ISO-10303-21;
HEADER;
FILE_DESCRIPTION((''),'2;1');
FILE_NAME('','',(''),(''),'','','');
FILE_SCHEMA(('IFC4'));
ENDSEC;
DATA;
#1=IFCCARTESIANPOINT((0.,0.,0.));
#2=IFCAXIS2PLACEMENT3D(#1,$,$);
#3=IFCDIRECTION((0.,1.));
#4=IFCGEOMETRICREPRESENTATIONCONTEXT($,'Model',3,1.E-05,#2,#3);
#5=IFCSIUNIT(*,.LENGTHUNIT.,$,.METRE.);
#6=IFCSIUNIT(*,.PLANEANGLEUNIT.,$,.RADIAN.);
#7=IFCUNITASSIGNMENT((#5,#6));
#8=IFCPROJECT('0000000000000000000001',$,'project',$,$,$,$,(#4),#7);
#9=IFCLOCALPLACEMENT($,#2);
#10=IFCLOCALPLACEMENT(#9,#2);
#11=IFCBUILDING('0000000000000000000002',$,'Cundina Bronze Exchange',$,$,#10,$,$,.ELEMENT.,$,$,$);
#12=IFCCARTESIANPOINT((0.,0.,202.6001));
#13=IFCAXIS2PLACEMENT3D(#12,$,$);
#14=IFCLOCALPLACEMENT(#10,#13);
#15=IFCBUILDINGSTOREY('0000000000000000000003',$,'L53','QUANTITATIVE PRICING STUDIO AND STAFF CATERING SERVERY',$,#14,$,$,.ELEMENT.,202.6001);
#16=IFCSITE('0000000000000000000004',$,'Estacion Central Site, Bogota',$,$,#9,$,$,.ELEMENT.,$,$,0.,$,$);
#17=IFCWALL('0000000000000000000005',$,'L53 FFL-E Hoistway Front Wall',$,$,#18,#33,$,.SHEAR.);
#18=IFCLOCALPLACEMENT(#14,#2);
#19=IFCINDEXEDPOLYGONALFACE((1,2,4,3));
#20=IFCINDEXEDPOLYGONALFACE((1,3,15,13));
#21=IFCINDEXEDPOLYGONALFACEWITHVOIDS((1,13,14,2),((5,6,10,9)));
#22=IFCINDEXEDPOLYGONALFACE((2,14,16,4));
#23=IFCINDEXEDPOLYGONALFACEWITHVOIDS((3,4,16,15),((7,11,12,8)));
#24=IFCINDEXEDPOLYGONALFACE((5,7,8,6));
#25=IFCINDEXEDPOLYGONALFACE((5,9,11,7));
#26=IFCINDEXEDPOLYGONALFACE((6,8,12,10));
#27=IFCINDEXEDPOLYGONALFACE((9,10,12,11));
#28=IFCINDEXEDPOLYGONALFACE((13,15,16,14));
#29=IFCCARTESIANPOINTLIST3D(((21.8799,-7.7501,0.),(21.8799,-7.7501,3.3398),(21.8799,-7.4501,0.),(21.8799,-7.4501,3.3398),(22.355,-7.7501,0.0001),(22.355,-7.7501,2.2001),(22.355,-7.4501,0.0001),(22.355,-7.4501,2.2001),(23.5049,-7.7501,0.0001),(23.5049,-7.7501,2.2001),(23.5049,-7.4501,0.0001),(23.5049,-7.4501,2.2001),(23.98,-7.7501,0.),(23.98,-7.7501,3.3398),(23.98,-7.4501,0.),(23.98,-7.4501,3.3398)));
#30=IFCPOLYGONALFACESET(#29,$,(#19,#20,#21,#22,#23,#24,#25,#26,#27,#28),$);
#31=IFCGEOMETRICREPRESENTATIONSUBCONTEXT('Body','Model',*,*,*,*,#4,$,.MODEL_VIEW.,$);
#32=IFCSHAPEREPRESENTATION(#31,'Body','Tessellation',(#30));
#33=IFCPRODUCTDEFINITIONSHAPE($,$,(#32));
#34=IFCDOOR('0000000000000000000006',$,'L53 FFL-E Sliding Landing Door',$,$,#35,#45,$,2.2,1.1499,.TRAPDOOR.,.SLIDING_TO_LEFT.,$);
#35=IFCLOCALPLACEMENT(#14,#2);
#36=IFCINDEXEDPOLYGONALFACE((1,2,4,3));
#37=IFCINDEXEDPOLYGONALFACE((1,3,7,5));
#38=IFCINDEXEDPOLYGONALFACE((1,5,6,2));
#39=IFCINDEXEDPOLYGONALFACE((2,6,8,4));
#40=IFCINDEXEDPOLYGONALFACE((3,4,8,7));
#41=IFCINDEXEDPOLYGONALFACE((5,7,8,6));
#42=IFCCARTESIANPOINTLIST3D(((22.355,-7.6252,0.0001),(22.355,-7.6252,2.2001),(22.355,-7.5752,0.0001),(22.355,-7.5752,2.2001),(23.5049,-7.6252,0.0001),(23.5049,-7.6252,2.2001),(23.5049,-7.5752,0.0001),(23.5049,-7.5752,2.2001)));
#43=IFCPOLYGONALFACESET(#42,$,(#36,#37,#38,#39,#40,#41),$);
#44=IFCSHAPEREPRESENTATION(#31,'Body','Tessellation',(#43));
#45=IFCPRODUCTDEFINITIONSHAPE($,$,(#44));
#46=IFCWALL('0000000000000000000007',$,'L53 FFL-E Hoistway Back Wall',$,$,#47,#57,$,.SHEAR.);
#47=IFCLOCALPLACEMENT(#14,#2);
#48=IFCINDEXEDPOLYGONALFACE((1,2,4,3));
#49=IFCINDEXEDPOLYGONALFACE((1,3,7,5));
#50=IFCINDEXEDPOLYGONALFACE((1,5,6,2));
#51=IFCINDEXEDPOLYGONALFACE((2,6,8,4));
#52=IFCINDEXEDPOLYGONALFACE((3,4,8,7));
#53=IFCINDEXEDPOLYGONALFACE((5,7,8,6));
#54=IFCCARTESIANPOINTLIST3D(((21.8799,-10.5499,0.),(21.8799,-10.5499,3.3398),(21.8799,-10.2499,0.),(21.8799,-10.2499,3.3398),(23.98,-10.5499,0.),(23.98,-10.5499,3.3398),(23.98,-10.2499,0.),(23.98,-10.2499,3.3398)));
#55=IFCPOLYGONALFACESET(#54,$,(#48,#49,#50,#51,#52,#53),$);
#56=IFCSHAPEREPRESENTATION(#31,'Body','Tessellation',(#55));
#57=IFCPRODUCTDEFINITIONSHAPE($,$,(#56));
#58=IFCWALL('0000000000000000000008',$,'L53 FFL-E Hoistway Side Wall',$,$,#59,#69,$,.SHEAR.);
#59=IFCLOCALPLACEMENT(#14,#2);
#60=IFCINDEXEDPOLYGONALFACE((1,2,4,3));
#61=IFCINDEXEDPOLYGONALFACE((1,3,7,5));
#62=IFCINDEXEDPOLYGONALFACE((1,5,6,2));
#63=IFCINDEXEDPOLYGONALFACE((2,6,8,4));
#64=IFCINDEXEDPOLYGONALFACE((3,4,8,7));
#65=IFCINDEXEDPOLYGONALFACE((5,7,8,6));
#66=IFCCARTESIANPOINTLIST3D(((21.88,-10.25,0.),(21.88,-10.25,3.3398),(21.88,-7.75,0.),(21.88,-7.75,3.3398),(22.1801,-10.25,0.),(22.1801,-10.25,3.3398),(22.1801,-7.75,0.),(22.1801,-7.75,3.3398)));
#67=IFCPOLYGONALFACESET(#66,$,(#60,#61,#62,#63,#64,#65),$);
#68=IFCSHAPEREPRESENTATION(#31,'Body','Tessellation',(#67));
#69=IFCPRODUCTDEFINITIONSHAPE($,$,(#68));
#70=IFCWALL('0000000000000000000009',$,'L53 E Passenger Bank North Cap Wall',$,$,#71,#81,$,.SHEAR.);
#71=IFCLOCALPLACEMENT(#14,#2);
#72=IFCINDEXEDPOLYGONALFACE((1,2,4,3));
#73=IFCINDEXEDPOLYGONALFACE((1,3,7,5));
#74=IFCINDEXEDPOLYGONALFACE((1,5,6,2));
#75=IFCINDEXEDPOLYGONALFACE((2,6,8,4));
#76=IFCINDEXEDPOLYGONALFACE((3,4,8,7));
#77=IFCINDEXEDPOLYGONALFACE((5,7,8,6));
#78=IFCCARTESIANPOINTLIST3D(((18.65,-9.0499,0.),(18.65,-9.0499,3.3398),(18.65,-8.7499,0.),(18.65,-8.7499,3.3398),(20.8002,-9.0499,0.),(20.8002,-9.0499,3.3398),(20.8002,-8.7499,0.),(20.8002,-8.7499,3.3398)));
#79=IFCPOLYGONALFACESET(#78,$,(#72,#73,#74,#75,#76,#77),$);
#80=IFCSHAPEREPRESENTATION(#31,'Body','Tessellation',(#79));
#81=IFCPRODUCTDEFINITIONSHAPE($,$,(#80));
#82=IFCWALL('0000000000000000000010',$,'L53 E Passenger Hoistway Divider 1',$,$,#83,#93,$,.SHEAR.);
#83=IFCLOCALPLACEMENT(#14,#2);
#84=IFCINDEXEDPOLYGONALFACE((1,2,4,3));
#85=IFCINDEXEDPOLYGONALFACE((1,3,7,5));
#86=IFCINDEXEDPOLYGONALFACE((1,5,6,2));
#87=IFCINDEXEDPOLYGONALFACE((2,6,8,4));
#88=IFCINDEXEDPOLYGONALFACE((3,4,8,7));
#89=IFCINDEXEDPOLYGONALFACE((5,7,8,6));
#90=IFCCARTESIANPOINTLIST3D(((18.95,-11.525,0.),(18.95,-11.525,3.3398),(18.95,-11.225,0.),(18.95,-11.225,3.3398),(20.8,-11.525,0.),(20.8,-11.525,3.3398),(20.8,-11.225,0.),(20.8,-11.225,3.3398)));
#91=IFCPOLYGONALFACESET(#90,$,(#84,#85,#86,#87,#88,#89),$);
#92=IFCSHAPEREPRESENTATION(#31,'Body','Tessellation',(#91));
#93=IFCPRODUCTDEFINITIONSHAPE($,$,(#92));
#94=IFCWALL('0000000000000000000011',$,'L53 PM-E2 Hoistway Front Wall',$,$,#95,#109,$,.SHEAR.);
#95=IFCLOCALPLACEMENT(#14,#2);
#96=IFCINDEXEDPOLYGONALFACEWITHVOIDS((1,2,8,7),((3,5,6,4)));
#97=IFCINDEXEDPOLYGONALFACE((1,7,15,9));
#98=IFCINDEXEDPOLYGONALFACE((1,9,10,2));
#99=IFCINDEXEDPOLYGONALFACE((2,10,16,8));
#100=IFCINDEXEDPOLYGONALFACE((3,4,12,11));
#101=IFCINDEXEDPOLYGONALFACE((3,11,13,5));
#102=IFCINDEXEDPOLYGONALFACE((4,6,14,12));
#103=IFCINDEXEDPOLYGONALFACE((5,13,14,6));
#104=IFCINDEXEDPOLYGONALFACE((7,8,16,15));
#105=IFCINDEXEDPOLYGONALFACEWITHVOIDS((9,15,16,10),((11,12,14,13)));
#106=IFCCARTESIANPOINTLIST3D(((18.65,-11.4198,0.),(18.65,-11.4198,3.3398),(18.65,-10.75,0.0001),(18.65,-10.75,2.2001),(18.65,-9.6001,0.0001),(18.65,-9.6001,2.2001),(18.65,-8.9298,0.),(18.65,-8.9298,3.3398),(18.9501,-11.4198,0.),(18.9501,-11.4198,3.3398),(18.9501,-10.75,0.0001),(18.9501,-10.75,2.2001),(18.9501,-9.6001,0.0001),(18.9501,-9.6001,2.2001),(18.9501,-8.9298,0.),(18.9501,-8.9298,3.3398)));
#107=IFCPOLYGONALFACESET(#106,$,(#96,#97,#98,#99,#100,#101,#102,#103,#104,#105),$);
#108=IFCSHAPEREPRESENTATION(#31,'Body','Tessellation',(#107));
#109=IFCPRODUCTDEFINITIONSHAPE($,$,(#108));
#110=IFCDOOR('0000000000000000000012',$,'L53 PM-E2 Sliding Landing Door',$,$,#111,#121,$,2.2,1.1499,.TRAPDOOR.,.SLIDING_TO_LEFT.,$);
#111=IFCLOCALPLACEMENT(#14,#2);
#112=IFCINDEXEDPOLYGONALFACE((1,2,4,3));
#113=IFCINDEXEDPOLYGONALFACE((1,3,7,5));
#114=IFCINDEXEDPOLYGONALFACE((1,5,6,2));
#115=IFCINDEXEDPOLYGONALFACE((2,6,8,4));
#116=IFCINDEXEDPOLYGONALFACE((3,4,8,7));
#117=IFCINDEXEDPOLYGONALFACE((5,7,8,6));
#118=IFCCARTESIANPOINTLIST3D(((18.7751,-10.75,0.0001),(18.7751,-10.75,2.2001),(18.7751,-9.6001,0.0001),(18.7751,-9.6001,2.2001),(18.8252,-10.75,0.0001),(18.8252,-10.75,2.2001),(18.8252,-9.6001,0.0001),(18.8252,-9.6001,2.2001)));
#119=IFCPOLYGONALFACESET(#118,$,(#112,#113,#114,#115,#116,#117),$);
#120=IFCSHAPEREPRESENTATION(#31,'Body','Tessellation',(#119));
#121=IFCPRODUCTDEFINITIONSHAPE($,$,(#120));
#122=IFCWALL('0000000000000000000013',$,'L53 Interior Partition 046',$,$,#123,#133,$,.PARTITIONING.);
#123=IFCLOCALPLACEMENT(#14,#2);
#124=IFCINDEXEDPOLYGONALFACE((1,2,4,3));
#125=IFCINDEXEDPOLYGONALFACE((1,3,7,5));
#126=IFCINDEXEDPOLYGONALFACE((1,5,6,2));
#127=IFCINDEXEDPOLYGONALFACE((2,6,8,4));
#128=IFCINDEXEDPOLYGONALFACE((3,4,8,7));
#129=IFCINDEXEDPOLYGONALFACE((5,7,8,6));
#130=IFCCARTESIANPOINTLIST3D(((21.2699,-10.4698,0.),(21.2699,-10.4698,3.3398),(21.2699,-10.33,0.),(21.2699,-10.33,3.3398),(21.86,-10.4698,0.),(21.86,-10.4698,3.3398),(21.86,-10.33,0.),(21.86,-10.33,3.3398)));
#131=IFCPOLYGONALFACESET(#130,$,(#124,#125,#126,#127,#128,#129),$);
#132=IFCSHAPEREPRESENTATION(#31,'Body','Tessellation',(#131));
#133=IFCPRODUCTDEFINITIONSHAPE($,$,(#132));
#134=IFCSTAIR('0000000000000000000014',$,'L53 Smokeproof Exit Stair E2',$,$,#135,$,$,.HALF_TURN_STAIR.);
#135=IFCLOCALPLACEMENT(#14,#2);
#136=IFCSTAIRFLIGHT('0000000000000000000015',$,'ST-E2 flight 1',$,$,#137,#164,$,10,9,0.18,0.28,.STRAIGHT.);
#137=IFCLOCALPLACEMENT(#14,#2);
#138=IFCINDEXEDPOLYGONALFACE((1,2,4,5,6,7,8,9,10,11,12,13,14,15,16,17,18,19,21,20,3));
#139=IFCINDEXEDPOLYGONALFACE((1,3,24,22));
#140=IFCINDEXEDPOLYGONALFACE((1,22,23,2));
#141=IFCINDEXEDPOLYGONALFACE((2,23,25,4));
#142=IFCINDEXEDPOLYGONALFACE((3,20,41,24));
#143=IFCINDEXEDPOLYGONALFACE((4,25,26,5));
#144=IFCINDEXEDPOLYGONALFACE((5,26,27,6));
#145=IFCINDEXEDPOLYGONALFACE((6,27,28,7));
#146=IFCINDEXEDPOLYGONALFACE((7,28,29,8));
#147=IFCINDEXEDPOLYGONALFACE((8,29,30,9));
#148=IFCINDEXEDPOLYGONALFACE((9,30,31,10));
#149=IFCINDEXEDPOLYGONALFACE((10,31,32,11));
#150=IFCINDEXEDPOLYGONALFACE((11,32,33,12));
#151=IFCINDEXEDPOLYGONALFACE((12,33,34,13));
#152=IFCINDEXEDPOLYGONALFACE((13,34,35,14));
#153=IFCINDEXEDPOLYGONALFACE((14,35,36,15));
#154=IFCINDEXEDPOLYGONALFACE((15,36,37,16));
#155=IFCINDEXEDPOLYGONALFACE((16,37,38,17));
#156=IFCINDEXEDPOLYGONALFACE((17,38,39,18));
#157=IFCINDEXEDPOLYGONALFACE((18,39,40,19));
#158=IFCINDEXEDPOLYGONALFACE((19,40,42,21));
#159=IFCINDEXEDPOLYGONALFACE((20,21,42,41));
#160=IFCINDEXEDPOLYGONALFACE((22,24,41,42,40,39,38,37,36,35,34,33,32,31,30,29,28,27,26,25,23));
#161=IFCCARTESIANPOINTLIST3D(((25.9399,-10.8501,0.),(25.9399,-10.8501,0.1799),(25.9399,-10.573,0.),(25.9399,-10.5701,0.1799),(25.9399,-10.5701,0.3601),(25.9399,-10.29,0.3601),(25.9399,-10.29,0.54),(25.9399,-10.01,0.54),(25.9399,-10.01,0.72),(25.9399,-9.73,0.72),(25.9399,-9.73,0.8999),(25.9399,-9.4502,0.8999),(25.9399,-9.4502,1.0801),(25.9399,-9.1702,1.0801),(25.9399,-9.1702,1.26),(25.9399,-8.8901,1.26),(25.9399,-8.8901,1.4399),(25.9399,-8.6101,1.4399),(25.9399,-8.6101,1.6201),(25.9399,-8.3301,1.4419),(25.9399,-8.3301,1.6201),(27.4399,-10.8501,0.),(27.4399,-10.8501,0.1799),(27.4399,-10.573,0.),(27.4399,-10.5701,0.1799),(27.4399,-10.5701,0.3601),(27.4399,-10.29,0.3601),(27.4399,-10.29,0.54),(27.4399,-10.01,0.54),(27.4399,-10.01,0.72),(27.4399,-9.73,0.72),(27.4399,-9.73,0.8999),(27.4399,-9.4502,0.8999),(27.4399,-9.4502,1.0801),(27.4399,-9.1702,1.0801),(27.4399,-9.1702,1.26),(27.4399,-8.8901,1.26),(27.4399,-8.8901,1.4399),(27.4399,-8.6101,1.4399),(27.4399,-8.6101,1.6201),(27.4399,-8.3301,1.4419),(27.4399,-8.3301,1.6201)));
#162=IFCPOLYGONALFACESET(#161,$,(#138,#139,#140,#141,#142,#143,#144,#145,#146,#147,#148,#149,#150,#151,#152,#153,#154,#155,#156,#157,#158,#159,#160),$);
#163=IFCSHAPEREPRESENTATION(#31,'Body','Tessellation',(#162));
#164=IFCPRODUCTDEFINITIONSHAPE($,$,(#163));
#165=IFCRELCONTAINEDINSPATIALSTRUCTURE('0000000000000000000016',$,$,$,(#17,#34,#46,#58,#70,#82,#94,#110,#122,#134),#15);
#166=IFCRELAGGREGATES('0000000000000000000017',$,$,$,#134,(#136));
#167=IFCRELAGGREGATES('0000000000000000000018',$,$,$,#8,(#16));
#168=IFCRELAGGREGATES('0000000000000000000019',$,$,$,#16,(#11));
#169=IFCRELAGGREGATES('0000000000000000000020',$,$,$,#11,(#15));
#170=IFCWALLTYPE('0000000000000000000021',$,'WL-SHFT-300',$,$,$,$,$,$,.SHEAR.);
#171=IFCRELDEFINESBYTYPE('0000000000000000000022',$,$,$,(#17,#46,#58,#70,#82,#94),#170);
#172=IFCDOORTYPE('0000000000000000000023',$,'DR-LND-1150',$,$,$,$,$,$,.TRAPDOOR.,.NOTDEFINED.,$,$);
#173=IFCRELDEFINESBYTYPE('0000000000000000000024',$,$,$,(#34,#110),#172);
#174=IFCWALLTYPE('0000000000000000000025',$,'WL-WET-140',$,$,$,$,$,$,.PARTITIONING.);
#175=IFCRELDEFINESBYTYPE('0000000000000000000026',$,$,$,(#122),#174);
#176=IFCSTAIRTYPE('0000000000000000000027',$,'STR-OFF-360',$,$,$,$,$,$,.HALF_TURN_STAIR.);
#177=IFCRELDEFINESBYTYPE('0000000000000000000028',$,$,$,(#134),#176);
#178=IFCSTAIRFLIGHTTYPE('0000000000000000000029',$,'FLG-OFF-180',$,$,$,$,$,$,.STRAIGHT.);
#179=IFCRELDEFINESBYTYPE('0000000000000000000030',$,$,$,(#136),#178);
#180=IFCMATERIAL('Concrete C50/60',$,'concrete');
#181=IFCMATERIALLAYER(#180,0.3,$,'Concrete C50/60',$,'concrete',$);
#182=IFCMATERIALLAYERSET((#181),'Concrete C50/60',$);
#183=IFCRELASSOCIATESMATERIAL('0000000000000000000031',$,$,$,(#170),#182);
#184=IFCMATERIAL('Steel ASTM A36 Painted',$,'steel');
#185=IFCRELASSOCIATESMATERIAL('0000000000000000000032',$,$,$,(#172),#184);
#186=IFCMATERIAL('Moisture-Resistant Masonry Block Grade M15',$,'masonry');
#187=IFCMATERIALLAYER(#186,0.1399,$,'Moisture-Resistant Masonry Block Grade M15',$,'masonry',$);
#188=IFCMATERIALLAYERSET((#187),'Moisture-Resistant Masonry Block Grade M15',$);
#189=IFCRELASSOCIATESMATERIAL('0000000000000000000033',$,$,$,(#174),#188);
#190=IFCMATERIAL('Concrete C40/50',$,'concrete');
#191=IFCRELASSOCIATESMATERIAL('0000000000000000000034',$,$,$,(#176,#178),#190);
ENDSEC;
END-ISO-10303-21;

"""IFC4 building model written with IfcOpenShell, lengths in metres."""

from ifc_helpers import new_model, si_unit, direction, frame, frame_2d, origin, place, context, subcontext, project, spatial, polyline, rectangle, outline, extrude, material, layer, layer_set, type_object, element, fill, aggregate, save


model = new_model("IFC4")

# Units and contexts
model_context = context("Model", 3, precision=1e-05, world=origin(), true_north=direction((0.0, 1.0)))
body_context = subcontext(model_context, "Body", "Model", "MODEL_VIEW")
ifc_project = project(units=[si_unit("LENGTHUNIT", "METRE"), si_unit("PLANEANGLEUNIT", "RADIAN")], contexts=[model_context])

# Site, building, storey
site_placement = place(None, origin())
site = spatial("IfcSite", under=ifc_project, at=site_placement, Name="Estacion Central Site, Bogota", CompositionType="ELEMENT", RefElevation=0.0)
building_placement = place(site_placement, origin())
building = spatial("IfcBuilding", under=site, at=building_placement, Name="Cundina Bronze Exchange", CompositionType="ELEMENT")
storey_placement = place(building_placement, frame((0.0, 0.0, 202.6001)))
storey = spatial("IfcBuildingStorey", under=building, at=storey_placement, Name="L53", Description="QUANTITATIVE PRICING STUDIO AND STAFF CATERING SERVERY", CompositionType="ELEMENT", Elevation=202.6001)

# Shared definitions
ifc_material_1 = material(Name="Concrete C50/60", Category="concrete")

# Shared definitions
ifc_layer_1 = layer(ifc_material_1, 0.3, Name="Concrete C50/60", Category="concrete")
ifc_layer_set_1 = layer_set([ifc_layer_1], Name="Concrete C50/60")
wall_type_1 = type_object("IfcWallType", Name="WL-SHFT-300", PredefinedType="SHEAR", material=ifc_layer_set_1)

# Wall, opening, door
ifc_material_2 = material(Name="Steel ASTM A36 Painted", Category="steel")
wall_1_placement = place(storey_placement, frame((21.8799, -7.6001, 0.0), z_axis=(0.0, 0.0, 1.0), x_axis=(1.0, 0.0, 0.0)))
wall_1 = element("IfcWall", 1, at=wall_1_placement, inside=storey, type_object=wall_type_1, Name="L53 FFL-E Hoistway Front Wall", PredefinedType="SHEAR", context=body_context, shape_type="SweptSolid", body=[
    extrude(rectangle(XDim=2.1001, YDim=0.3, at=frame_2d((1.05, 0.0))), origin(), (0.0, 0.0, 1.0), 3.3398),
])
opening_1_placement = place(wall_1_placement, frame((0.4751, 0.0, 0.0)))
opening_1 = element("IfcOpeningElement", 2, at=opening_1_placement, cuts=wall_1, PredefinedType="OPENING", context=body_context, shape_type="SweptSolid", body=[
    extrude(rectangle(XDim=1.1499, YDim=2.2, at=frame_2d((0.575, 1.1001))), frame((0.0, 0.1599, 0.0), z_axis=(0.0, -1.0, 0.0), x_axis=(1.0, 0.0, 0.0)), (0.0, 0.0, 1.0), 0.3201),
])
door_type_1 = type_object("IfcDoorType", Name="DR-LND-1150", OperationType="NOTDEFINED", PredefinedType="TRAPDOOR", material=ifc_material_2)
door_1_placement = place(opening_1_placement, origin())
door_1 = element("IfcDoor", 3, at=door_1_placement, inside=storey, type_object=door_type_1, Name="L53 FFL-E Sliding Landing Door", OperationType="SLIDING_TO_LEFT", OverallHeight=2.2, OverallWidth=1.1499, PredefinedType="TRAPDOOR", context=body_context, shape_type="SweptSolid", body=[
    extrude(rectangle(XDim=1.1499, YDim=2.2, at=frame_2d((0.575, 1.1001))), frame((0.0, 0.0249, 0.0), z_axis=(0.0, -1.0, 0.0), x_axis=(1.0, 0.0, 0.0)), (0.0, 0.0, 1.0), 0.05),
])
fill(opening_1, door_1)

# Walls
wall_2_placement = place(storey_placement, frame((21.8799, -10.3999, 0.0), z_axis=(0.0, 0.0, 1.0), x_axis=(1.0, 0.0, 0.0)))
element("IfcWall", 4, at=wall_2_placement, inside=storey, type_object=wall_type_1, Name="L53 FFL-E Hoistway Back Wall", PredefinedType="SHEAR", context=body_context, shape_type="SweptSolid", body=[
    extrude(rectangle(XDim=2.1001, YDim=0.3, at=frame_2d((1.05, 0.0))), origin(), (0.0, 0.0, 1.0), 3.3398),
])
wall_3_placement = place(storey_placement, frame((22.03, -10.25, 0.0), z_axis=(0.0, 0.0, 1.0), x_axis=(0.0, 1.0, 0.0)))
element("IfcWall", 5, at=wall_3_placement, inside=storey, type_object=wall_type_1, Name="L53 FFL-E Hoistway Side Wall", PredefinedType="SHEAR", context=body_context, shape_type="SweptSolid", body=[
    extrude(rectangle(XDim=2.5, YDim=0.3, at=frame_2d((1.25, 0.0))), origin(), (0.0, 0.0, 1.0), 3.3398),
])
wall_4_placement = place(storey_placement, frame((18.6499, -8.8999, 0.0), z_axis=(0.0, 0.0, 1.0), x_axis=(1.0, 0.0, 0.0)))
element("IfcWall", 6, at=wall_4_placement, inside=storey, type_object=wall_type_1, Name="L53 E Passenger Bank North Cap Wall", PredefinedType="SHEAR", context=body_context, shape_type="SweptSolid", body=[
    extrude(rectangle(XDim=2.1501, YDim=0.3, at=frame_2d((1.0752, 0.0))), origin(), (0.0, 0.0, 1.0), 3.3398),
])
wall_5_placement = place(storey_placement, frame((18.95, -11.375, 0.0), z_axis=(0.0, 0.0, 1.0), x_axis=(1.0, 0.0, 0.0)))
element("IfcWall", 7, at=wall_5_placement, inside=storey, type_object=wall_type_1, Name="L53 E Passenger Hoistway Divider 1", PredefinedType="SHEAR", context=body_context, shape_type="SweptSolid", body=[
    extrude(rectangle(XDim=1.8501, YDim=0.3, at=frame_2d((0.925, 0.0))), origin(), (0.0, 0.0, 1.0), 3.3398),
])

# Wall, opening, door
wall_6_placement = place(storey_placement, frame((18.8, -11.4199, 0.0), z_axis=(0.0, 0.0, 1.0), x_axis=(0.0, 1.0, 0.0)))
wall_6 = element("IfcWall", 8, at=wall_6_placement, inside=storey, type_object=wall_type_1, Name="L53 PM-E2 Hoistway Front Wall", PredefinedType="SHEAR", context=body_context, shape_type="SweptSolid", body=[
    extrude(rectangle(XDim=2.49, YDim=0.3, at=frame_2d((1.2451, 0.0))), origin(), (0.0, 0.0, 1.0), 3.3398),
])
opening_2_placement = place(wall_6_placement, frame((0.6699, 0.0, 0.0)))
opening_2 = element("IfcOpeningElement", 9, at=opening_2_placement, cuts=wall_6, PredefinedType="OPENING", context=body_context, shape_type="SweptSolid", body=[
    extrude(rectangle(XDim=1.1499, YDim=2.2, at=frame_2d((0.575, 1.1001))), frame((0.0, 0.1599, 0.0), z_axis=(0.0, -1.0, 0.0), x_axis=(1.0, 0.0, 0.0)), (0.0, 0.0, 1.0), 0.3201),
])
door_2_placement = place(opening_2_placement, origin())
door_2 = element("IfcDoor", 10, at=door_2_placement, inside=storey, type_object=door_type_1, Name="L53 PM-E2 Sliding Landing Door", OperationType="SLIDING_TO_LEFT", OverallHeight=2.2, OverallWidth=1.1499, PredefinedType="TRAPDOOR", context=body_context, shape_type="SweptSolid", body=[
    extrude(rectangle(XDim=1.1499, YDim=2.2, at=frame_2d((0.575, 1.1001))), frame((0.0, 0.0249, 0.0), z_axis=(0.0, -1.0, 0.0), x_axis=(1.0, 0.0, 0.0)), (0.0, 0.0, 1.0), 0.05),
])
fill(opening_2, door_2)

# Wall
ifc_material_3 = material(Name="Moisture-Resistant Masonry Block Grade M15", Category="masonry")
ifc_layer_2 = layer(ifc_material_3, 0.1399, Name="Moisture-Resistant Masonry Block Grade M15", Category="masonry")
ifc_layer_set_2 = layer_set([ifc_layer_2], Name="Moisture-Resistant Masonry Block Grade M15")
wall_type_2 = type_object("IfcWallType", Name="WL-WET-140", PredefinedType="PARTITIONING", material=ifc_layer_set_2)
wall_7_placement = place(storey_placement, frame((21.27, -10.3999, 0.0), z_axis=(0.0, 0.0, 1.0), x_axis=(1.0, 0.0, 0.0)))
element("IfcWall", 11, at=wall_7_placement, inside=storey, type_object=wall_type_2, Name="L53 Interior Partition 046", PredefinedType="PARTITIONING", context=body_context, shape_type="SweptSolid", body=[
    extrude(rectangle(XDim=0.5901, YDim=0.1399, at=frame_2d((0.2949, 0.0))), origin(), (0.0, 0.0, 1.0), 3.3398),
])

# Stair, stair flight
ifc_material_4 = material(Name="Concrete C40/50", Category="concrete")
stair_type = type_object("IfcStairType", Name="STR-OFF-360", PredefinedType="HALF_TURN_STAIR", material=ifc_material_4)
stair_placement = place(storey_placement, origin())
stair = element("IfcStair", 12, at=stair_placement, inside=storey, type_object=stair_type, Name="L53 Smokeproof Exit Stair E2", PredefinedType="HALF_TURN_STAIR")
stair_flight_type = type_object("IfcStairFlightType", Name="FLG-OFF-180", PredefinedType="STRAIGHT", material=ifc_material_4)
stair_flight_1_placement = place(storey_placement, frame((26.6899, -10.8501, 0.0), z_axis=(0.0, 0.0, 1.0), x_axis=(0.0, 1.0, 0.0)))
stair_flight_1 = element("IfcStairFlight", 13, at=stair_flight_1_placement, type_object=stair_flight_type, Name="ST-E2 flight 1", NumberOfRisers=10, NumberOfTreads=9, PredefinedType="STRAIGHT", RiserHeight=0.18, TreadLength=0.28, context=body_context, shape_type="SweptSolid", body=[
    extrude(outline(polyline([(0.0, 0.0), (0.0, 0.1799), (0.28, 0.1799), (0.28, 0.3601), (0.5601, 0.3601), (0.5601, 0.54), (0.8401, 0.54), (0.8401, 0.72), (1.1201, 0.72), (1.1201, 0.8999), (1.3999, 0.8999), (1.3999, 1.0801), (1.6799, 1.0801), (1.6799, 1.26), (1.96, 1.26), (1.96, 1.4399), (2.24, 1.4399), (2.24, 1.6201), (2.52, 1.6201), (2.52, 1.8), (2.52, 1.4419), (0.2771, 0.0), (0.0, 0.0)])), frame((0.0, 0.75, 0.0), z_axis=(0.0, -1.0, 0.0), x_axis=(1.0, 0.0, 0.0)), (0.0, 0.0, 1.0), 1.5),
])
aggregate(stair, [stair_flight_1])

save(model, "model.ifc")
